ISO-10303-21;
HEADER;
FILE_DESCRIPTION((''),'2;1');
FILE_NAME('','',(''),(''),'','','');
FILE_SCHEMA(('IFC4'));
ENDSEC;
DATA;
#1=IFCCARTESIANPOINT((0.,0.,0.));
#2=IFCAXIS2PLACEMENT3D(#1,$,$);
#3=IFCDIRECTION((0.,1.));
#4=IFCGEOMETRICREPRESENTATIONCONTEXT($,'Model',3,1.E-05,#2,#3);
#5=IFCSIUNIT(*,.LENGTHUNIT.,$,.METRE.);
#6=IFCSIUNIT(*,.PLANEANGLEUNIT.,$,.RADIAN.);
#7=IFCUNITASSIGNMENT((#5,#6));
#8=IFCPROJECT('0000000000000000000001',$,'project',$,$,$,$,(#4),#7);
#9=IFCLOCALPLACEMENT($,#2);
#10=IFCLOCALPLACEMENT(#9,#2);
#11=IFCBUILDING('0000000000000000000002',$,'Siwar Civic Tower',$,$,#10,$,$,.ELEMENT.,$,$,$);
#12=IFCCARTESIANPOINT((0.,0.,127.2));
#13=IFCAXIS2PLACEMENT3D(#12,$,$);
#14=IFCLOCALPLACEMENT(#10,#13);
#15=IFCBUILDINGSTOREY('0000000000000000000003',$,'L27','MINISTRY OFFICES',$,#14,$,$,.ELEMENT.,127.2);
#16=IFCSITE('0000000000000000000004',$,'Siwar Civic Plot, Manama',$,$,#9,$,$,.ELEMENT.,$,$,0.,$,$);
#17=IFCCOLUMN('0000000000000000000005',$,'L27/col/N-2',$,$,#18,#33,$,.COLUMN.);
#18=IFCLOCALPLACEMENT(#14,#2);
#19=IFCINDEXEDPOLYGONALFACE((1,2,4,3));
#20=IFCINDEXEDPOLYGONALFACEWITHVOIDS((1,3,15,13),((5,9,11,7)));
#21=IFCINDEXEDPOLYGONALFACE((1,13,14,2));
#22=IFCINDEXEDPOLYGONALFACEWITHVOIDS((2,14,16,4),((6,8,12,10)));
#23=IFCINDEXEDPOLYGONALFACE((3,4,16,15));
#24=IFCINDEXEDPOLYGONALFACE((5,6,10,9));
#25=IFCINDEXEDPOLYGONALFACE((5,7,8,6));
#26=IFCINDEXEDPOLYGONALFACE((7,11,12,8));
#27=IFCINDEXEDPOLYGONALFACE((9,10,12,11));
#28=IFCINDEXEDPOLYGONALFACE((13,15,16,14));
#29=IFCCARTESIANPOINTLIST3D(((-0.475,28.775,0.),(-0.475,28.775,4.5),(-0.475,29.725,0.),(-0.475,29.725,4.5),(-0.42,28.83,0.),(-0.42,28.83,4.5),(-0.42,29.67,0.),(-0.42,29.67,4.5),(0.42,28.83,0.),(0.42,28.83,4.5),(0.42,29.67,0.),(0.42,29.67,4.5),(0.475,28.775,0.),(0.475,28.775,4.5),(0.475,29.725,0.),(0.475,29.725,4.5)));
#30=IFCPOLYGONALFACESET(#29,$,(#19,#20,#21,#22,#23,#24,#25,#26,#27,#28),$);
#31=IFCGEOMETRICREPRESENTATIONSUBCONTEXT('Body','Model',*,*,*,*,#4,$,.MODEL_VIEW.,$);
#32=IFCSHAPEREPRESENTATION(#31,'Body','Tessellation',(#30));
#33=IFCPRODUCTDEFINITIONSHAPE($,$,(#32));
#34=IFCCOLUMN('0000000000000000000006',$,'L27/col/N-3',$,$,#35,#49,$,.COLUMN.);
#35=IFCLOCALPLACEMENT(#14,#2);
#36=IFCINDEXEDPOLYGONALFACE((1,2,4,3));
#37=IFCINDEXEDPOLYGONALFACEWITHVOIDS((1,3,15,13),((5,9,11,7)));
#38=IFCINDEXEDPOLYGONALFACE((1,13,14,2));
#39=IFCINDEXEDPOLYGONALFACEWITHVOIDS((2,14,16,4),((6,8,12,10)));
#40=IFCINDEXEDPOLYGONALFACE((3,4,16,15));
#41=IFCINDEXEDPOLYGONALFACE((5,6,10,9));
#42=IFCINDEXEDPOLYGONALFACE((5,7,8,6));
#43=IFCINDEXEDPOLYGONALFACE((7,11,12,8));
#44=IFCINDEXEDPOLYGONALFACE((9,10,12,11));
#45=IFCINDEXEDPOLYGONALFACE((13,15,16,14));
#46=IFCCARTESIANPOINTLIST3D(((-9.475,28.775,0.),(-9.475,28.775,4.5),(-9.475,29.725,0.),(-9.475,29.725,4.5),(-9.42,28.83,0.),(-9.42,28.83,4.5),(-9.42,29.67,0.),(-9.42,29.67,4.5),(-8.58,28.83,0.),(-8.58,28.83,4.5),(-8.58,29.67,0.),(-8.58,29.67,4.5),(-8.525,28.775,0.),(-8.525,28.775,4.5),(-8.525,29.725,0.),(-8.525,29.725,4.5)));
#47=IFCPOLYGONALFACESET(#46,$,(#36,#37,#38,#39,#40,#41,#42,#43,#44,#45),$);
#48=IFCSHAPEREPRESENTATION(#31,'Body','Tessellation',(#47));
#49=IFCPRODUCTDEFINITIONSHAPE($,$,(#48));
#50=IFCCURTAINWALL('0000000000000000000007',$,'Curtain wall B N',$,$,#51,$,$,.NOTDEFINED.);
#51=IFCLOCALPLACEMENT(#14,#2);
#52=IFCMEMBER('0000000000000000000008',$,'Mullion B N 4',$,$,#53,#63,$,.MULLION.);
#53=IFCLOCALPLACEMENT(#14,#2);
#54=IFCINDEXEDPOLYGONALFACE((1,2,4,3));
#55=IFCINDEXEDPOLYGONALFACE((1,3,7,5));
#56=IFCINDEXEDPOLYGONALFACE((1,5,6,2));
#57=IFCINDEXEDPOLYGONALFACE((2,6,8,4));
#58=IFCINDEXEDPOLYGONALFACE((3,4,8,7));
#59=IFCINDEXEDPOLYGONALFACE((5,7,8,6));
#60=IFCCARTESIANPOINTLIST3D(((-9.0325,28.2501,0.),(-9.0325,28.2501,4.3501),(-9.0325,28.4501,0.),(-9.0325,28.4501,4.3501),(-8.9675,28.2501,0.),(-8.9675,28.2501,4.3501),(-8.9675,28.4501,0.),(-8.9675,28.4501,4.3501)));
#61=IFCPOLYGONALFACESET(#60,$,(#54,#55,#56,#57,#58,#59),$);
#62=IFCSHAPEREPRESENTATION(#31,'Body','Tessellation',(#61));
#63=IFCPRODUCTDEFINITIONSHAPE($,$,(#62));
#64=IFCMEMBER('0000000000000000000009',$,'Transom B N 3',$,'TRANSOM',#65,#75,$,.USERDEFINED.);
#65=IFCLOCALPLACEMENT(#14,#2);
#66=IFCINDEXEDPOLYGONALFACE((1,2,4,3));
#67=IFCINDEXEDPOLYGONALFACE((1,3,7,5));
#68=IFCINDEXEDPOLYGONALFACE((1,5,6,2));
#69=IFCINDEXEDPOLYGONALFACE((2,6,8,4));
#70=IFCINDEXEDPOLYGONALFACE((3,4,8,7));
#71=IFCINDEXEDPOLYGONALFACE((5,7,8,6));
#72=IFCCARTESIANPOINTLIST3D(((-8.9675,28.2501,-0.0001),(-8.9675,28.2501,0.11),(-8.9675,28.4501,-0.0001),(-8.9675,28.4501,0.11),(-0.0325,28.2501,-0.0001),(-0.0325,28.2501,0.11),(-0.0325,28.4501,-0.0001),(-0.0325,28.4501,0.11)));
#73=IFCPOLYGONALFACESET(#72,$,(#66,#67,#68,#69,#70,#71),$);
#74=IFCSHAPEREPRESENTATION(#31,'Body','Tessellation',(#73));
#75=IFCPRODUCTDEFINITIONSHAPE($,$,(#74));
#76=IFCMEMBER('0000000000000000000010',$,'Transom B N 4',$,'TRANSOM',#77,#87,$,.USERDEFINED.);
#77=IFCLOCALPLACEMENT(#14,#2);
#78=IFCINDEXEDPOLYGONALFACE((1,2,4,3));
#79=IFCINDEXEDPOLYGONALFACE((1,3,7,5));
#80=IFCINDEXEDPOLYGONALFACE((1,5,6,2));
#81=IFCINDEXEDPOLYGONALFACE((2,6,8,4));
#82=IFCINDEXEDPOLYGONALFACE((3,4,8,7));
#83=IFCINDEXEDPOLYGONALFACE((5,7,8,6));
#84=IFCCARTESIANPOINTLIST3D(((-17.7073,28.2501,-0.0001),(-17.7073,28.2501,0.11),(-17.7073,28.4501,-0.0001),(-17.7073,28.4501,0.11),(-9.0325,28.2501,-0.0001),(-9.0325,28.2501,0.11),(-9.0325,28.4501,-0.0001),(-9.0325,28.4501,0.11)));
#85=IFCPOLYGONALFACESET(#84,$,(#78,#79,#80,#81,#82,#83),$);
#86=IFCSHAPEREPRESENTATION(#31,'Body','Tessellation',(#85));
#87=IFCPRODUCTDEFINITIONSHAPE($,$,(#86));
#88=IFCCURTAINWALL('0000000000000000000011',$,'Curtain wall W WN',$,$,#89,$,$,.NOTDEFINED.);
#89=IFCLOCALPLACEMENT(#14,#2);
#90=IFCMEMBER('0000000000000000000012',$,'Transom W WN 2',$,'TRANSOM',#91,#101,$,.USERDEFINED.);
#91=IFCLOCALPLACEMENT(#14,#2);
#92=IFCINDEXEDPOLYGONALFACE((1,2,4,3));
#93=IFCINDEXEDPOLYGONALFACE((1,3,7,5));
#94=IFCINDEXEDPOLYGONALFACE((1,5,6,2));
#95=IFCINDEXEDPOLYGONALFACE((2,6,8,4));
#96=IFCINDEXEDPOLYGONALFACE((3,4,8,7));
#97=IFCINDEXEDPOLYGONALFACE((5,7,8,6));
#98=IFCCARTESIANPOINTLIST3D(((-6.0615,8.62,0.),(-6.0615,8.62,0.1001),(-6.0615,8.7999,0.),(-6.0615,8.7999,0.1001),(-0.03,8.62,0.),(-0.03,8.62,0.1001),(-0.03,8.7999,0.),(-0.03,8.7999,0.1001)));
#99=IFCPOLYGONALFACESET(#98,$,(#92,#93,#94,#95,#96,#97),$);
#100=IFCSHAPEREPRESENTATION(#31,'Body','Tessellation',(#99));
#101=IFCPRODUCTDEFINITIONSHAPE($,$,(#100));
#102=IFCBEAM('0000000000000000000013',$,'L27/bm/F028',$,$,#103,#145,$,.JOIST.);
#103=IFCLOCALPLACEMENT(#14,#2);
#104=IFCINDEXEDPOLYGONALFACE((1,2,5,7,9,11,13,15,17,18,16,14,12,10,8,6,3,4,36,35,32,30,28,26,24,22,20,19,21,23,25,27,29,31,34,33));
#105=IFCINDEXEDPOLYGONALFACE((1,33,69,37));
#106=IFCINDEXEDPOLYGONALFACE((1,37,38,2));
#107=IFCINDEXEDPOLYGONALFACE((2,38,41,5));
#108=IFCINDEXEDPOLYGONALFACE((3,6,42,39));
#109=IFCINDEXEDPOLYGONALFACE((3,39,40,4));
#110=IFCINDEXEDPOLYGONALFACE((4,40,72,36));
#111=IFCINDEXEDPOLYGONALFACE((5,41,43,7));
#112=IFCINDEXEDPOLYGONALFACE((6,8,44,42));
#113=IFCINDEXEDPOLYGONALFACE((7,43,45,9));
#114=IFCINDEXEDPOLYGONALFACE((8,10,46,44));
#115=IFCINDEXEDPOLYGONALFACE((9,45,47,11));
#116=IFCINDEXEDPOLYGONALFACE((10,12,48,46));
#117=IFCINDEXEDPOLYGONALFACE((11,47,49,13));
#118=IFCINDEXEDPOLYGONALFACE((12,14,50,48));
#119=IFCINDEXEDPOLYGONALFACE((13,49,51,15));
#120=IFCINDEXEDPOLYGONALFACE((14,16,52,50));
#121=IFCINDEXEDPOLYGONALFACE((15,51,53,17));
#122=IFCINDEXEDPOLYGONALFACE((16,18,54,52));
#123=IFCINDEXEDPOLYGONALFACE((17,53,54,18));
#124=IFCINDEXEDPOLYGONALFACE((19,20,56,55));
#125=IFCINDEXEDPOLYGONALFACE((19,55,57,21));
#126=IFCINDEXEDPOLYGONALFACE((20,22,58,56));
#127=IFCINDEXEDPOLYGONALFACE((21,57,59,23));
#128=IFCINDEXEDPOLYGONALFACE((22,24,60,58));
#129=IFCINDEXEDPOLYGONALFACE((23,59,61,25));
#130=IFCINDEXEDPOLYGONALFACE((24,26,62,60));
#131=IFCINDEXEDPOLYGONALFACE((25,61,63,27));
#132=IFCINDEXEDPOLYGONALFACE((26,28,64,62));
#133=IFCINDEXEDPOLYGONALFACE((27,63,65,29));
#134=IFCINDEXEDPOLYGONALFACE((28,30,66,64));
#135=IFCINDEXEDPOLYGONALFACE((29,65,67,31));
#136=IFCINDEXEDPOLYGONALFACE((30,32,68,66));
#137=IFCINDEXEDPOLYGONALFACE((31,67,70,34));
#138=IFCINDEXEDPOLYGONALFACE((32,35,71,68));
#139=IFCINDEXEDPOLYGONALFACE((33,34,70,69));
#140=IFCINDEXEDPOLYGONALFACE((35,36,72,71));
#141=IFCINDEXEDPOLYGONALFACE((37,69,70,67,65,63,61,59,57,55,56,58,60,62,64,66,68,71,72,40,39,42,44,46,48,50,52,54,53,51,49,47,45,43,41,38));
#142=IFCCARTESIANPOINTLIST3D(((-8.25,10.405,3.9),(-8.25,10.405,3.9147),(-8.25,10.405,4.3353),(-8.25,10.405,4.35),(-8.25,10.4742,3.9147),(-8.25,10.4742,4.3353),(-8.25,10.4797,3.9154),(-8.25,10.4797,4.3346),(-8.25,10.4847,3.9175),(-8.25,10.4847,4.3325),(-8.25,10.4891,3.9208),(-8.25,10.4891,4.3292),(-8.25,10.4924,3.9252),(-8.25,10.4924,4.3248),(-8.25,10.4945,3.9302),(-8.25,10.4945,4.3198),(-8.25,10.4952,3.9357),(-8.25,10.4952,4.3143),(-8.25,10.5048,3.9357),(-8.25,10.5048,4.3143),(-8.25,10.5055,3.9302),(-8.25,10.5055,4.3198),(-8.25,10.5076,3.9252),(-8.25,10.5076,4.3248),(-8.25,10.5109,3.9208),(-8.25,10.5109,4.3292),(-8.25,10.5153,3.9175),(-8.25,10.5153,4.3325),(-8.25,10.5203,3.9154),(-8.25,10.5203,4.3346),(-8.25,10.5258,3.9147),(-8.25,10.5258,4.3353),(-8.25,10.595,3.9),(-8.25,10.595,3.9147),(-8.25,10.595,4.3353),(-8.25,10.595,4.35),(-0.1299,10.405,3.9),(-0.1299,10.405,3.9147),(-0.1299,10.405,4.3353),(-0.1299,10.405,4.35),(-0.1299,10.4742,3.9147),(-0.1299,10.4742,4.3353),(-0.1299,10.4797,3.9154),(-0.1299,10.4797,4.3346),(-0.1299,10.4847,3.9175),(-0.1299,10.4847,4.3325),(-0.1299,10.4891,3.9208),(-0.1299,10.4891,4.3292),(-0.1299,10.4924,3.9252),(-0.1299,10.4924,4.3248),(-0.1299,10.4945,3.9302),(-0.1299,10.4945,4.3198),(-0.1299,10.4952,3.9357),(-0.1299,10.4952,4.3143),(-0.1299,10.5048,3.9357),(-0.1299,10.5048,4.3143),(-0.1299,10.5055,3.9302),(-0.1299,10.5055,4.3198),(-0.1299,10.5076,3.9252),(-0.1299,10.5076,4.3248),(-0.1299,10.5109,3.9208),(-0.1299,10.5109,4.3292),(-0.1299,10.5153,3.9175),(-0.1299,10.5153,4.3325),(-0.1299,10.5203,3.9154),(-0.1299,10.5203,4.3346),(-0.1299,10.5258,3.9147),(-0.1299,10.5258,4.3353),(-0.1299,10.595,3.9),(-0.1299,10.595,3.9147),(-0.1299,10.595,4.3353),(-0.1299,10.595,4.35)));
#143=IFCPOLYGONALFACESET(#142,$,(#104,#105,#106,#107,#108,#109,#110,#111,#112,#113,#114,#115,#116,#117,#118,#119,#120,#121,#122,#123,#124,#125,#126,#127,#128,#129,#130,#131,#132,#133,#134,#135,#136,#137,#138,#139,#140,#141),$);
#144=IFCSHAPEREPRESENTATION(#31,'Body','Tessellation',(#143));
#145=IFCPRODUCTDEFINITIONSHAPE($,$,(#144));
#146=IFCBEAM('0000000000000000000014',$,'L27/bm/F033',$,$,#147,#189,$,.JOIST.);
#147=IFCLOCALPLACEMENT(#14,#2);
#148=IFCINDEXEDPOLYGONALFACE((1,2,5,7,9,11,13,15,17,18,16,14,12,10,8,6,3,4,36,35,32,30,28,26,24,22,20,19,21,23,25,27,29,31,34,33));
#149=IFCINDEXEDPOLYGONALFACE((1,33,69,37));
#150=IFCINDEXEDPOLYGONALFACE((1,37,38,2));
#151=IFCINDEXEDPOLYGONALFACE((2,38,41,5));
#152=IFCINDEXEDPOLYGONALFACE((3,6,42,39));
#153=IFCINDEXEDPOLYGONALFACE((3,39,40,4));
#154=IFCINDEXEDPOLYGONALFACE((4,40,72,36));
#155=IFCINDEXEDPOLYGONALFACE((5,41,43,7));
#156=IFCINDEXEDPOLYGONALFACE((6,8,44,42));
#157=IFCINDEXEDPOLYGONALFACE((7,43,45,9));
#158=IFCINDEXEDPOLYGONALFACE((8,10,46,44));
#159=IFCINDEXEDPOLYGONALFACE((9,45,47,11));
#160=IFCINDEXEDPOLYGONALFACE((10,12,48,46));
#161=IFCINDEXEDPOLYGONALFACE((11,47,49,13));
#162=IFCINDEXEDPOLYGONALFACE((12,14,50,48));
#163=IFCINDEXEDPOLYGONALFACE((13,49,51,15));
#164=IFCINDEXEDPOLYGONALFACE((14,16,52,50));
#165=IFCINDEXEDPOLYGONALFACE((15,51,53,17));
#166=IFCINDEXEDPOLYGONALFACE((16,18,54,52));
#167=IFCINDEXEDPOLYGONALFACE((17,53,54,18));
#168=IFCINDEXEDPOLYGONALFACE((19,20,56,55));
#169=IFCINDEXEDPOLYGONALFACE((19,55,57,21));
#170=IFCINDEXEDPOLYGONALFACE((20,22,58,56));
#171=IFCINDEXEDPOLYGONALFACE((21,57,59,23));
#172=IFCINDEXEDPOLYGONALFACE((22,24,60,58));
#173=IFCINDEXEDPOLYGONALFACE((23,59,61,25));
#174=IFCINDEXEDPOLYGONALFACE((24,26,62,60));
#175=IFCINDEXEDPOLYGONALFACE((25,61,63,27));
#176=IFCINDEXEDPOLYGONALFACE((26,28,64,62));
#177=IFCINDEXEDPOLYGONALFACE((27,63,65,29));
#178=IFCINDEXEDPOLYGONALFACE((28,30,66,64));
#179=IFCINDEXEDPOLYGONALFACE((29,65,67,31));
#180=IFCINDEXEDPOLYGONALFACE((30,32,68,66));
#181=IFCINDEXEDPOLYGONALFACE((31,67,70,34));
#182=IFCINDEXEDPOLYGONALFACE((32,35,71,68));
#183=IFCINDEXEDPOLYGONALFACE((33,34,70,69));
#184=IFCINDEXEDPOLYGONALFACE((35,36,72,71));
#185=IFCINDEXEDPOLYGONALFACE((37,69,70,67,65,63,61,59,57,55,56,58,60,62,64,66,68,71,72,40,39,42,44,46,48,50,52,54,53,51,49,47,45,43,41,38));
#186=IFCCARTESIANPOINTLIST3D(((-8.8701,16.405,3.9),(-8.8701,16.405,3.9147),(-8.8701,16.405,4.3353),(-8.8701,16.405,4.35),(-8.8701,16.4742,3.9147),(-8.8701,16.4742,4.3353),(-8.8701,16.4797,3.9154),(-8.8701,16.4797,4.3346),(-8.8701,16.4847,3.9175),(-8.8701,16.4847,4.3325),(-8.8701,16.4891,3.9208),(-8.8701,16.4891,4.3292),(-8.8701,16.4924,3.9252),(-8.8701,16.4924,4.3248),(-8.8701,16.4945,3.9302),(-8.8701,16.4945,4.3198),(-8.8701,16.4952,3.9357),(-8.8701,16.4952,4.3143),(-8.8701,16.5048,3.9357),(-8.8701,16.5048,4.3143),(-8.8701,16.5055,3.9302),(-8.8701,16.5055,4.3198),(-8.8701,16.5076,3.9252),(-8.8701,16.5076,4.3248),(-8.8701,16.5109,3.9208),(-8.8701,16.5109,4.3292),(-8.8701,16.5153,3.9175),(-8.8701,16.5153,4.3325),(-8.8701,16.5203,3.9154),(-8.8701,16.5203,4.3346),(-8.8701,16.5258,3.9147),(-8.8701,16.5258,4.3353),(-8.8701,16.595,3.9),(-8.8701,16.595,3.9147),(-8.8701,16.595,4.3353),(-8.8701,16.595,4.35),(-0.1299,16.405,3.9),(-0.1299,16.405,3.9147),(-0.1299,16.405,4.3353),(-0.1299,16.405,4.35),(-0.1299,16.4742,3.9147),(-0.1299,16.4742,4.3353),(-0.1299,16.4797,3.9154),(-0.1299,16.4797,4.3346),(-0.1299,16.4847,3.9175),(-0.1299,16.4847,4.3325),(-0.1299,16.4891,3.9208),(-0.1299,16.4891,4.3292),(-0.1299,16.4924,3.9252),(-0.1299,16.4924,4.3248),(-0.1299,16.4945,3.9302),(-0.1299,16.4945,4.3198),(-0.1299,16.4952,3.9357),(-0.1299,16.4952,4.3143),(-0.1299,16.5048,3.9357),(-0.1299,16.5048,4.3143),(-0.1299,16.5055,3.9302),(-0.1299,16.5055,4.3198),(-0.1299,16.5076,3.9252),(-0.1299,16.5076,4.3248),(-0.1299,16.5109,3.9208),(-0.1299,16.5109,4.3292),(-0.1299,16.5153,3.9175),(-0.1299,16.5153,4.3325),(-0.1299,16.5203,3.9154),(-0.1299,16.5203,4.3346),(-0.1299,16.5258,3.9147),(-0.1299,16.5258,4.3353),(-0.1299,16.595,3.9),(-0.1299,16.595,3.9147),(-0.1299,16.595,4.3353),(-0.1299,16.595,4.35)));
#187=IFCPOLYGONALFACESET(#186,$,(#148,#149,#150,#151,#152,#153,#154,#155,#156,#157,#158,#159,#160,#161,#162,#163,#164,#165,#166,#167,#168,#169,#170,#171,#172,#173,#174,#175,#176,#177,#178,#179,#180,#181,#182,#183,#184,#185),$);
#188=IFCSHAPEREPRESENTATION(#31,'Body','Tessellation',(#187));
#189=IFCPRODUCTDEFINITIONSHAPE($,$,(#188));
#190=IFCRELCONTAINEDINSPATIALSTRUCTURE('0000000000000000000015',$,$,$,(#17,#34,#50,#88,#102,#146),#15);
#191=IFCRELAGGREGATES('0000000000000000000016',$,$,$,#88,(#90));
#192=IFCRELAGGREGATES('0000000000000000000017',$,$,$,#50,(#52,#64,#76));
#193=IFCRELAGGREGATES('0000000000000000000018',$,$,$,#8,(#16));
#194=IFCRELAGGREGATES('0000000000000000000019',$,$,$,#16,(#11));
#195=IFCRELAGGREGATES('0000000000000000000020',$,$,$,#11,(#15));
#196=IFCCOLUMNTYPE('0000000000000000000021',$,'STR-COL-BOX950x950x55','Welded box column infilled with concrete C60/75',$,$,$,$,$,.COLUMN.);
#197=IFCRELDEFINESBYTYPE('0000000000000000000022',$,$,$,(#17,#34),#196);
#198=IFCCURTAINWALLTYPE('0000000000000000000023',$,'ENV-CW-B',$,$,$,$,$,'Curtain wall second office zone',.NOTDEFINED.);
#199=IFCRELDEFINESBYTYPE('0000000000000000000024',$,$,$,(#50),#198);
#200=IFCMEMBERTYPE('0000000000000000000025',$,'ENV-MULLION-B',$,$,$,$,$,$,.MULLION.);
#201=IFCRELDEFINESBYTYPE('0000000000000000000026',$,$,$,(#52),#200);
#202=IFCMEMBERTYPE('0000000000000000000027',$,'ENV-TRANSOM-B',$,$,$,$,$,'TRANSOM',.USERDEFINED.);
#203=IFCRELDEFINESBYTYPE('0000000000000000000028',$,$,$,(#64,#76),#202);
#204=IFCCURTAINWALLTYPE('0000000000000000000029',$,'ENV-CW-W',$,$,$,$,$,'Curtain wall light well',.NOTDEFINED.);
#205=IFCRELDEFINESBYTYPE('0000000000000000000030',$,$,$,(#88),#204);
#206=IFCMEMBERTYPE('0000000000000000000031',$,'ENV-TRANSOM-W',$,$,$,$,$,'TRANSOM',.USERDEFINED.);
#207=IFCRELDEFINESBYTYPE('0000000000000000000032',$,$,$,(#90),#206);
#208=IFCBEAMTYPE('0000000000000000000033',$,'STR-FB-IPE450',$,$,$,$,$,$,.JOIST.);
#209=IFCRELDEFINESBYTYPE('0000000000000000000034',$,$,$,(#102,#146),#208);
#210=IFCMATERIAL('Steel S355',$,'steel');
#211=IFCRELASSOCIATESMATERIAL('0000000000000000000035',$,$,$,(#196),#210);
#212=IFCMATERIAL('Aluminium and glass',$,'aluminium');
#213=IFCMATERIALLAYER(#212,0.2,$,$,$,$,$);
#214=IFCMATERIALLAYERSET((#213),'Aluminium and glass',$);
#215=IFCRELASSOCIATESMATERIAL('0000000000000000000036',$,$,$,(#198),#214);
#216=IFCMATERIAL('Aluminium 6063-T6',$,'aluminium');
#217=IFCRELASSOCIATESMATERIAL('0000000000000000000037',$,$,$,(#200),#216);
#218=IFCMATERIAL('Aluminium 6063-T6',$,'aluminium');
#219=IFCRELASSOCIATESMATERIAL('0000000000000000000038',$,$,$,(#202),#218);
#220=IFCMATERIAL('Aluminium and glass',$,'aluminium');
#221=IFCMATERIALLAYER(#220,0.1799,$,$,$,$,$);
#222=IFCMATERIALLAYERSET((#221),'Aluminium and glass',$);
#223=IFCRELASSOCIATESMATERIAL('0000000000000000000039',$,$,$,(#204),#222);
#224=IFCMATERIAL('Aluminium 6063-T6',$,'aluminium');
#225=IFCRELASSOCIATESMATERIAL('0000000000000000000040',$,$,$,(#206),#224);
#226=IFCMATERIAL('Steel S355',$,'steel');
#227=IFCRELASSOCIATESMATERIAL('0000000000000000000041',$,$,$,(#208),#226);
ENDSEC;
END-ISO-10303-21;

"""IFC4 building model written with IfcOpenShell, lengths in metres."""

from ifc_helpers import new_model, si_unit, direction, frame, origin, origin_2d, place, context, subcontext, project, spatial, rectangle, hollow_rectangle, i_section, extrude, material, layer, layer_set, material_profile, profile_set, type_object, element, aggregate, save


model = new_model("IFC4")

# Units and contexts
model_context = context("Model", 3, precision=1e-05, world=origin(), true_north=direction((0.0, 1.0)))
body_context = subcontext(model_context, "Body", "Model", "MODEL_VIEW")
ifc_project = project(units=[si_unit("LENGTHUNIT", "METRE"), si_unit("PLANEANGLEUNIT", "RADIAN")], contexts=[model_context])

# Site, building, storey
site_placement = place(None, origin())
site = spatial("IfcSite", under=ifc_project, at=site_placement, Name="Siwar Civic Plot, Manama", CompositionType="ELEMENT", RefElevation=0.0)
building_placement = place(site_placement, origin())
building = spatial("IfcBuilding", under=site, at=building_placement, Name="Siwar Civic Tower", CompositionType="ELEMENT")
storey_placement = place(building_placement, frame((0.0, 0.0, 127.2)))
storey = spatial("IfcBuildingStorey", under=building, at=storey_placement, Name="L27", Description="MINISTRY OFFICES", CompositionType="ELEMENT", Elevation=127.2)

# Columns
ifc_material_1 = material(Name="Steel S355", Category="steel")
ifc_material_profile_1 = material_profile(ifc_material_1, hollow_rectangle(XDim=0.95, YDim=0.95, WallThickness=0.0549, at=origin_2d()), Name="BOX950x950x55")
ifc_profile_set_1 = profile_set([ifc_material_profile_1], Name="Steel S355")
column_type = type_object("IfcColumnType", Name="STR-COL-BOX950x950x55", Description="Welded box column infilled with concrete C60/75", PredefinedType="COLUMN", material=ifc_profile_set_1)
for number, where, z_axis, x_axis, name in (
    (1, (0.0, 29.25, 0.0), (0.0, 0.0, 1.0), (1.0, 0.0, 0.0), "L27/col/N-2"),
    (2, (-9.0, 29.25, 0.0), (0.0, 0.0, 1.0), (1.0, 0.0, 0.0), "L27/col/N-3"),
):
    element("IfcColumn", number, at=place(storey_placement, frame(where, z_axis=z_axis, x_axis=x_axis)), inside=storey, type_object=column_type, Name=name, PredefinedType="COLUMN", context=body_context, shape_type="SweptSolid", body=[
        extrude(hollow_rectangle(XDim=0.95, YDim=0.95, WallThickness=0.0549, at=origin_2d()), origin(), (0.0, 0.0, 1.0), 4.5),
    ])

# Curtain wall, members
ifc_material_2 = material(Name="Aluminium and glass", Category="aluminium")
ifc_layer_1 = layer(ifc_material_2, 0.2)
ifc_layer_set_1 = layer_set([ifc_layer_1], Name="Aluminium and glass")
curtain_wall_type_1 = type_object("IfcCurtainWallType", Name="ENV-CW-B", ElementType="Curtain wall second office zone", PredefinedType="NOTDEFINED", material=ifc_layer_set_1)
curtain_wall_1_placement = place(storey_placement, origin())
curtain_wall_1 = element("IfcCurtainWall", 3, at=curtain_wall_1_placement, inside=storey, type_object=curtain_wall_type_1, Name="Curtain wall B N", PredefinedType="NOTDEFINED")
ifc_material_3 = material(Name="Aluminium 6063-T6", Category="aluminium")
ifc_material_profile_2 = material_profile(ifc_material_3, rectangle(XDim=0.2, YDim=0.0649, at=origin_2d()), Name="AL 200x65")
ifc_profile_set_2 = profile_set([ifc_material_profile_2], Name="Aluminium 6063-T6")
member_type_1 = type_object("IfcMemberType", Name="ENV-MULLION-B", PredefinedType="MULLION", material=ifc_profile_set_2)
member_1_placement = place(storey_placement, frame((-9.0, 28.3501, 0.0), z_axis=(0.0, 0.0, 1.0), x_axis=(0.0, -1.0, 0.0)))
member_1 = element("IfcMember", 4, at=member_1_placement, type_object=member_type_1, Name="Mullion B N 4", PredefinedType="MULLION", context=body_context, shape_type="SweptSolid", body=[
    extrude(rectangle(XDim=0.2, YDim=0.0649, at=origin_2d()), origin(), (0.0, 0.0, 1.0), 4.3501),
])
ifc_material_4 = material(Name="Aluminium 6063-T6", Category="aluminium")
ifc_material_profile_3 = material_profile(ifc_material_4, rectangle(XDim=0.2, YDim=0.1101, at=origin_2d()), Name="AL 200x110")
ifc_profile_set_3 = profile_set([ifc_material_profile_3], Name="Aluminium 6063-T6")
member_type_2 = type_object("IfcMemberType", Name="ENV-TRANSOM-B", ElementType="TRANSOM", PredefinedType="USERDEFINED", material=ifc_profile_set_3)
member_2_placement = place(storey_placement, frame((-0.0325, 28.3501, 0.0549), z_axis=(-1.0, 0.0, 0.0), x_axis=(0.0, -1.0, 0.0)))
member_2 = element("IfcMember", 5, at=member_2_placement, type_object=member_type_2, Name="Transom B N 3", ObjectType="TRANSOM", PredefinedType="USERDEFINED", context=body_context, shape_type="SweptSolid", body=[
    extrude(rectangle(XDim=0.2, YDim=0.1101, at=origin_2d()), origin(), (0.0, 0.0, 1.0), 8.9351),
])
member_3_placement = place(storey_placement, frame((-9.0325, 28.3501, 0.0549), z_axis=(-1.0, 0.0, 0.0), x_axis=(0.0, -1.0, 0.0)))
member_3 = element("IfcMember", 6, at=member_3_placement, type_object=member_type_2, Name="Transom B N 4", ObjectType="TRANSOM", PredefinedType="USERDEFINED", context=body_context, shape_type="SweptSolid", body=[
    extrude(rectangle(XDim=0.2, YDim=0.1101, at=origin_2d()), origin(), (0.0, 0.0, 1.0), 8.6748),
])

# Curtain wall, member
ifc_material_5 = material(Name="Aluminium and glass", Category="aluminium")
ifc_layer_2 = layer(ifc_material_5, 0.1799)
ifc_layer_set_2 = layer_set([ifc_layer_2], Name="Aluminium and glass")
curtain_wall_type_2 = type_object("IfcCurtainWallType", Name="ENV-CW-W", ElementType="Curtain wall light well", PredefinedType="NOTDEFINED", material=ifc_layer_set_2)
curtain_wall_2_placement = place(storey_placement, origin())
curtain_wall_2 = element("IfcCurtainWall", 7, at=curtain_wall_2_placement, inside=storey, type_object=curtain_wall_type_2, Name="Curtain wall W WN", PredefinedType="NOTDEFINED")
ifc_material_6 = material(Name="Aluminium 6063-T6", Category="aluminium")
ifc_material_profile_4 = material_profile(ifc_material_6, rectangle(XDim=0.1799, YDim=0.1001, at=origin_2d()), Name="AL 180x100")
ifc_profile_set_4 = profile_set([ifc_material_profile_4], Name="Aluminium 6063-T6")
member_type_3 = type_object("IfcMemberType", Name="ENV-TRANSOM-W", ElementType="TRANSOM", PredefinedType="USERDEFINED", material=ifc_profile_set_4)
member_4_placement = place(storey_placement, frame((-0.03, 8.71, 0.05), z_axis=(-1.0, 0.0, 0.0), x_axis=(0.0, -1.0, 0.0)))
member_4 = element("IfcMember", 8, at=member_4_placement, type_object=member_type_3, Name="Transom W WN 2", ObjectType="TRANSOM", PredefinedType="USERDEFINED", context=body_context, shape_type="SweptSolid", body=[
    extrude(rectangle(XDim=0.1799, YDim=0.1001, at=origin_2d()), origin(), (0.0, 0.0, 1.0), 6.0315),
])
aggregate(curtain_wall_2, [member_4])

# Beams
ifc_material_7 = material(Name="Steel S355", Category="steel")
ifc_material_profile_5 = material_profile(ifc_material_7, i_section(OverallWidth=0.1899, OverallDepth=0.45, WebThickness=0.0095, FlangeThickness=0.0146, FilletRadius=0.021, at=origin_2d()), Name="IPE450")
ifc_profile_set_5 = profile_set([ifc_material_profile_5], Name="Steel S355")
beam_type_1 = type_object("IfcBeamType", Name="STR-FB-IPE450", PredefinedType="JOIST", material=ifc_profile_set_5)
beam_1_placement = place(storey_placement, frame((-8.25, 10.5, 4.125), z_axis=(1.0, 0.0, 0.0), x_axis=(0.0, 1.0, 0.0)))
element("IfcBeam", 9, at=beam_1_placement, inside=storey, type_object=beam_type_1, Name="L27/bm/F028", PredefinedType="JOIST", context=body_context, shape_type="SweptSolid", body=[
    extrude(i_section(OverallWidth=0.1899, OverallDepth=0.45, WebThickness=0.0095, FlangeThickness=0.0146, FilletRadius=0.021, at=origin_2d()), origin(), (0.0, 0.0, 1.0), 8.1201),
])
for number, where, z_axis, x_axis, name in (
    (10, (-8.8701, 16.5, 4.125), (1.0, 0.0, 0.0), (0.0, 1.0, 0.0), "L27/bm/F033"),
):
    element("IfcBeam", number, at=place(storey_placement, frame(where, z_axis=z_axis, x_axis=x_axis)), inside=storey, type_object=beam_type_1, Name=name, PredefinedType="JOIST", context=body_context, shape_type="SweptSolid", body=[
        extrude(i_section(OverallWidth=0.1899, OverallDepth=0.45, WebThickness=0.0095, FlangeThickness=0.0146, FilletRadius=0.021, at=origin_2d()), origin(), (0.0, 0.0, 1.0), 8.7402),
    ])

aggregate(curtain_wall_1, [member_1, member_2, member_3])

save(model, "model.ifc")
